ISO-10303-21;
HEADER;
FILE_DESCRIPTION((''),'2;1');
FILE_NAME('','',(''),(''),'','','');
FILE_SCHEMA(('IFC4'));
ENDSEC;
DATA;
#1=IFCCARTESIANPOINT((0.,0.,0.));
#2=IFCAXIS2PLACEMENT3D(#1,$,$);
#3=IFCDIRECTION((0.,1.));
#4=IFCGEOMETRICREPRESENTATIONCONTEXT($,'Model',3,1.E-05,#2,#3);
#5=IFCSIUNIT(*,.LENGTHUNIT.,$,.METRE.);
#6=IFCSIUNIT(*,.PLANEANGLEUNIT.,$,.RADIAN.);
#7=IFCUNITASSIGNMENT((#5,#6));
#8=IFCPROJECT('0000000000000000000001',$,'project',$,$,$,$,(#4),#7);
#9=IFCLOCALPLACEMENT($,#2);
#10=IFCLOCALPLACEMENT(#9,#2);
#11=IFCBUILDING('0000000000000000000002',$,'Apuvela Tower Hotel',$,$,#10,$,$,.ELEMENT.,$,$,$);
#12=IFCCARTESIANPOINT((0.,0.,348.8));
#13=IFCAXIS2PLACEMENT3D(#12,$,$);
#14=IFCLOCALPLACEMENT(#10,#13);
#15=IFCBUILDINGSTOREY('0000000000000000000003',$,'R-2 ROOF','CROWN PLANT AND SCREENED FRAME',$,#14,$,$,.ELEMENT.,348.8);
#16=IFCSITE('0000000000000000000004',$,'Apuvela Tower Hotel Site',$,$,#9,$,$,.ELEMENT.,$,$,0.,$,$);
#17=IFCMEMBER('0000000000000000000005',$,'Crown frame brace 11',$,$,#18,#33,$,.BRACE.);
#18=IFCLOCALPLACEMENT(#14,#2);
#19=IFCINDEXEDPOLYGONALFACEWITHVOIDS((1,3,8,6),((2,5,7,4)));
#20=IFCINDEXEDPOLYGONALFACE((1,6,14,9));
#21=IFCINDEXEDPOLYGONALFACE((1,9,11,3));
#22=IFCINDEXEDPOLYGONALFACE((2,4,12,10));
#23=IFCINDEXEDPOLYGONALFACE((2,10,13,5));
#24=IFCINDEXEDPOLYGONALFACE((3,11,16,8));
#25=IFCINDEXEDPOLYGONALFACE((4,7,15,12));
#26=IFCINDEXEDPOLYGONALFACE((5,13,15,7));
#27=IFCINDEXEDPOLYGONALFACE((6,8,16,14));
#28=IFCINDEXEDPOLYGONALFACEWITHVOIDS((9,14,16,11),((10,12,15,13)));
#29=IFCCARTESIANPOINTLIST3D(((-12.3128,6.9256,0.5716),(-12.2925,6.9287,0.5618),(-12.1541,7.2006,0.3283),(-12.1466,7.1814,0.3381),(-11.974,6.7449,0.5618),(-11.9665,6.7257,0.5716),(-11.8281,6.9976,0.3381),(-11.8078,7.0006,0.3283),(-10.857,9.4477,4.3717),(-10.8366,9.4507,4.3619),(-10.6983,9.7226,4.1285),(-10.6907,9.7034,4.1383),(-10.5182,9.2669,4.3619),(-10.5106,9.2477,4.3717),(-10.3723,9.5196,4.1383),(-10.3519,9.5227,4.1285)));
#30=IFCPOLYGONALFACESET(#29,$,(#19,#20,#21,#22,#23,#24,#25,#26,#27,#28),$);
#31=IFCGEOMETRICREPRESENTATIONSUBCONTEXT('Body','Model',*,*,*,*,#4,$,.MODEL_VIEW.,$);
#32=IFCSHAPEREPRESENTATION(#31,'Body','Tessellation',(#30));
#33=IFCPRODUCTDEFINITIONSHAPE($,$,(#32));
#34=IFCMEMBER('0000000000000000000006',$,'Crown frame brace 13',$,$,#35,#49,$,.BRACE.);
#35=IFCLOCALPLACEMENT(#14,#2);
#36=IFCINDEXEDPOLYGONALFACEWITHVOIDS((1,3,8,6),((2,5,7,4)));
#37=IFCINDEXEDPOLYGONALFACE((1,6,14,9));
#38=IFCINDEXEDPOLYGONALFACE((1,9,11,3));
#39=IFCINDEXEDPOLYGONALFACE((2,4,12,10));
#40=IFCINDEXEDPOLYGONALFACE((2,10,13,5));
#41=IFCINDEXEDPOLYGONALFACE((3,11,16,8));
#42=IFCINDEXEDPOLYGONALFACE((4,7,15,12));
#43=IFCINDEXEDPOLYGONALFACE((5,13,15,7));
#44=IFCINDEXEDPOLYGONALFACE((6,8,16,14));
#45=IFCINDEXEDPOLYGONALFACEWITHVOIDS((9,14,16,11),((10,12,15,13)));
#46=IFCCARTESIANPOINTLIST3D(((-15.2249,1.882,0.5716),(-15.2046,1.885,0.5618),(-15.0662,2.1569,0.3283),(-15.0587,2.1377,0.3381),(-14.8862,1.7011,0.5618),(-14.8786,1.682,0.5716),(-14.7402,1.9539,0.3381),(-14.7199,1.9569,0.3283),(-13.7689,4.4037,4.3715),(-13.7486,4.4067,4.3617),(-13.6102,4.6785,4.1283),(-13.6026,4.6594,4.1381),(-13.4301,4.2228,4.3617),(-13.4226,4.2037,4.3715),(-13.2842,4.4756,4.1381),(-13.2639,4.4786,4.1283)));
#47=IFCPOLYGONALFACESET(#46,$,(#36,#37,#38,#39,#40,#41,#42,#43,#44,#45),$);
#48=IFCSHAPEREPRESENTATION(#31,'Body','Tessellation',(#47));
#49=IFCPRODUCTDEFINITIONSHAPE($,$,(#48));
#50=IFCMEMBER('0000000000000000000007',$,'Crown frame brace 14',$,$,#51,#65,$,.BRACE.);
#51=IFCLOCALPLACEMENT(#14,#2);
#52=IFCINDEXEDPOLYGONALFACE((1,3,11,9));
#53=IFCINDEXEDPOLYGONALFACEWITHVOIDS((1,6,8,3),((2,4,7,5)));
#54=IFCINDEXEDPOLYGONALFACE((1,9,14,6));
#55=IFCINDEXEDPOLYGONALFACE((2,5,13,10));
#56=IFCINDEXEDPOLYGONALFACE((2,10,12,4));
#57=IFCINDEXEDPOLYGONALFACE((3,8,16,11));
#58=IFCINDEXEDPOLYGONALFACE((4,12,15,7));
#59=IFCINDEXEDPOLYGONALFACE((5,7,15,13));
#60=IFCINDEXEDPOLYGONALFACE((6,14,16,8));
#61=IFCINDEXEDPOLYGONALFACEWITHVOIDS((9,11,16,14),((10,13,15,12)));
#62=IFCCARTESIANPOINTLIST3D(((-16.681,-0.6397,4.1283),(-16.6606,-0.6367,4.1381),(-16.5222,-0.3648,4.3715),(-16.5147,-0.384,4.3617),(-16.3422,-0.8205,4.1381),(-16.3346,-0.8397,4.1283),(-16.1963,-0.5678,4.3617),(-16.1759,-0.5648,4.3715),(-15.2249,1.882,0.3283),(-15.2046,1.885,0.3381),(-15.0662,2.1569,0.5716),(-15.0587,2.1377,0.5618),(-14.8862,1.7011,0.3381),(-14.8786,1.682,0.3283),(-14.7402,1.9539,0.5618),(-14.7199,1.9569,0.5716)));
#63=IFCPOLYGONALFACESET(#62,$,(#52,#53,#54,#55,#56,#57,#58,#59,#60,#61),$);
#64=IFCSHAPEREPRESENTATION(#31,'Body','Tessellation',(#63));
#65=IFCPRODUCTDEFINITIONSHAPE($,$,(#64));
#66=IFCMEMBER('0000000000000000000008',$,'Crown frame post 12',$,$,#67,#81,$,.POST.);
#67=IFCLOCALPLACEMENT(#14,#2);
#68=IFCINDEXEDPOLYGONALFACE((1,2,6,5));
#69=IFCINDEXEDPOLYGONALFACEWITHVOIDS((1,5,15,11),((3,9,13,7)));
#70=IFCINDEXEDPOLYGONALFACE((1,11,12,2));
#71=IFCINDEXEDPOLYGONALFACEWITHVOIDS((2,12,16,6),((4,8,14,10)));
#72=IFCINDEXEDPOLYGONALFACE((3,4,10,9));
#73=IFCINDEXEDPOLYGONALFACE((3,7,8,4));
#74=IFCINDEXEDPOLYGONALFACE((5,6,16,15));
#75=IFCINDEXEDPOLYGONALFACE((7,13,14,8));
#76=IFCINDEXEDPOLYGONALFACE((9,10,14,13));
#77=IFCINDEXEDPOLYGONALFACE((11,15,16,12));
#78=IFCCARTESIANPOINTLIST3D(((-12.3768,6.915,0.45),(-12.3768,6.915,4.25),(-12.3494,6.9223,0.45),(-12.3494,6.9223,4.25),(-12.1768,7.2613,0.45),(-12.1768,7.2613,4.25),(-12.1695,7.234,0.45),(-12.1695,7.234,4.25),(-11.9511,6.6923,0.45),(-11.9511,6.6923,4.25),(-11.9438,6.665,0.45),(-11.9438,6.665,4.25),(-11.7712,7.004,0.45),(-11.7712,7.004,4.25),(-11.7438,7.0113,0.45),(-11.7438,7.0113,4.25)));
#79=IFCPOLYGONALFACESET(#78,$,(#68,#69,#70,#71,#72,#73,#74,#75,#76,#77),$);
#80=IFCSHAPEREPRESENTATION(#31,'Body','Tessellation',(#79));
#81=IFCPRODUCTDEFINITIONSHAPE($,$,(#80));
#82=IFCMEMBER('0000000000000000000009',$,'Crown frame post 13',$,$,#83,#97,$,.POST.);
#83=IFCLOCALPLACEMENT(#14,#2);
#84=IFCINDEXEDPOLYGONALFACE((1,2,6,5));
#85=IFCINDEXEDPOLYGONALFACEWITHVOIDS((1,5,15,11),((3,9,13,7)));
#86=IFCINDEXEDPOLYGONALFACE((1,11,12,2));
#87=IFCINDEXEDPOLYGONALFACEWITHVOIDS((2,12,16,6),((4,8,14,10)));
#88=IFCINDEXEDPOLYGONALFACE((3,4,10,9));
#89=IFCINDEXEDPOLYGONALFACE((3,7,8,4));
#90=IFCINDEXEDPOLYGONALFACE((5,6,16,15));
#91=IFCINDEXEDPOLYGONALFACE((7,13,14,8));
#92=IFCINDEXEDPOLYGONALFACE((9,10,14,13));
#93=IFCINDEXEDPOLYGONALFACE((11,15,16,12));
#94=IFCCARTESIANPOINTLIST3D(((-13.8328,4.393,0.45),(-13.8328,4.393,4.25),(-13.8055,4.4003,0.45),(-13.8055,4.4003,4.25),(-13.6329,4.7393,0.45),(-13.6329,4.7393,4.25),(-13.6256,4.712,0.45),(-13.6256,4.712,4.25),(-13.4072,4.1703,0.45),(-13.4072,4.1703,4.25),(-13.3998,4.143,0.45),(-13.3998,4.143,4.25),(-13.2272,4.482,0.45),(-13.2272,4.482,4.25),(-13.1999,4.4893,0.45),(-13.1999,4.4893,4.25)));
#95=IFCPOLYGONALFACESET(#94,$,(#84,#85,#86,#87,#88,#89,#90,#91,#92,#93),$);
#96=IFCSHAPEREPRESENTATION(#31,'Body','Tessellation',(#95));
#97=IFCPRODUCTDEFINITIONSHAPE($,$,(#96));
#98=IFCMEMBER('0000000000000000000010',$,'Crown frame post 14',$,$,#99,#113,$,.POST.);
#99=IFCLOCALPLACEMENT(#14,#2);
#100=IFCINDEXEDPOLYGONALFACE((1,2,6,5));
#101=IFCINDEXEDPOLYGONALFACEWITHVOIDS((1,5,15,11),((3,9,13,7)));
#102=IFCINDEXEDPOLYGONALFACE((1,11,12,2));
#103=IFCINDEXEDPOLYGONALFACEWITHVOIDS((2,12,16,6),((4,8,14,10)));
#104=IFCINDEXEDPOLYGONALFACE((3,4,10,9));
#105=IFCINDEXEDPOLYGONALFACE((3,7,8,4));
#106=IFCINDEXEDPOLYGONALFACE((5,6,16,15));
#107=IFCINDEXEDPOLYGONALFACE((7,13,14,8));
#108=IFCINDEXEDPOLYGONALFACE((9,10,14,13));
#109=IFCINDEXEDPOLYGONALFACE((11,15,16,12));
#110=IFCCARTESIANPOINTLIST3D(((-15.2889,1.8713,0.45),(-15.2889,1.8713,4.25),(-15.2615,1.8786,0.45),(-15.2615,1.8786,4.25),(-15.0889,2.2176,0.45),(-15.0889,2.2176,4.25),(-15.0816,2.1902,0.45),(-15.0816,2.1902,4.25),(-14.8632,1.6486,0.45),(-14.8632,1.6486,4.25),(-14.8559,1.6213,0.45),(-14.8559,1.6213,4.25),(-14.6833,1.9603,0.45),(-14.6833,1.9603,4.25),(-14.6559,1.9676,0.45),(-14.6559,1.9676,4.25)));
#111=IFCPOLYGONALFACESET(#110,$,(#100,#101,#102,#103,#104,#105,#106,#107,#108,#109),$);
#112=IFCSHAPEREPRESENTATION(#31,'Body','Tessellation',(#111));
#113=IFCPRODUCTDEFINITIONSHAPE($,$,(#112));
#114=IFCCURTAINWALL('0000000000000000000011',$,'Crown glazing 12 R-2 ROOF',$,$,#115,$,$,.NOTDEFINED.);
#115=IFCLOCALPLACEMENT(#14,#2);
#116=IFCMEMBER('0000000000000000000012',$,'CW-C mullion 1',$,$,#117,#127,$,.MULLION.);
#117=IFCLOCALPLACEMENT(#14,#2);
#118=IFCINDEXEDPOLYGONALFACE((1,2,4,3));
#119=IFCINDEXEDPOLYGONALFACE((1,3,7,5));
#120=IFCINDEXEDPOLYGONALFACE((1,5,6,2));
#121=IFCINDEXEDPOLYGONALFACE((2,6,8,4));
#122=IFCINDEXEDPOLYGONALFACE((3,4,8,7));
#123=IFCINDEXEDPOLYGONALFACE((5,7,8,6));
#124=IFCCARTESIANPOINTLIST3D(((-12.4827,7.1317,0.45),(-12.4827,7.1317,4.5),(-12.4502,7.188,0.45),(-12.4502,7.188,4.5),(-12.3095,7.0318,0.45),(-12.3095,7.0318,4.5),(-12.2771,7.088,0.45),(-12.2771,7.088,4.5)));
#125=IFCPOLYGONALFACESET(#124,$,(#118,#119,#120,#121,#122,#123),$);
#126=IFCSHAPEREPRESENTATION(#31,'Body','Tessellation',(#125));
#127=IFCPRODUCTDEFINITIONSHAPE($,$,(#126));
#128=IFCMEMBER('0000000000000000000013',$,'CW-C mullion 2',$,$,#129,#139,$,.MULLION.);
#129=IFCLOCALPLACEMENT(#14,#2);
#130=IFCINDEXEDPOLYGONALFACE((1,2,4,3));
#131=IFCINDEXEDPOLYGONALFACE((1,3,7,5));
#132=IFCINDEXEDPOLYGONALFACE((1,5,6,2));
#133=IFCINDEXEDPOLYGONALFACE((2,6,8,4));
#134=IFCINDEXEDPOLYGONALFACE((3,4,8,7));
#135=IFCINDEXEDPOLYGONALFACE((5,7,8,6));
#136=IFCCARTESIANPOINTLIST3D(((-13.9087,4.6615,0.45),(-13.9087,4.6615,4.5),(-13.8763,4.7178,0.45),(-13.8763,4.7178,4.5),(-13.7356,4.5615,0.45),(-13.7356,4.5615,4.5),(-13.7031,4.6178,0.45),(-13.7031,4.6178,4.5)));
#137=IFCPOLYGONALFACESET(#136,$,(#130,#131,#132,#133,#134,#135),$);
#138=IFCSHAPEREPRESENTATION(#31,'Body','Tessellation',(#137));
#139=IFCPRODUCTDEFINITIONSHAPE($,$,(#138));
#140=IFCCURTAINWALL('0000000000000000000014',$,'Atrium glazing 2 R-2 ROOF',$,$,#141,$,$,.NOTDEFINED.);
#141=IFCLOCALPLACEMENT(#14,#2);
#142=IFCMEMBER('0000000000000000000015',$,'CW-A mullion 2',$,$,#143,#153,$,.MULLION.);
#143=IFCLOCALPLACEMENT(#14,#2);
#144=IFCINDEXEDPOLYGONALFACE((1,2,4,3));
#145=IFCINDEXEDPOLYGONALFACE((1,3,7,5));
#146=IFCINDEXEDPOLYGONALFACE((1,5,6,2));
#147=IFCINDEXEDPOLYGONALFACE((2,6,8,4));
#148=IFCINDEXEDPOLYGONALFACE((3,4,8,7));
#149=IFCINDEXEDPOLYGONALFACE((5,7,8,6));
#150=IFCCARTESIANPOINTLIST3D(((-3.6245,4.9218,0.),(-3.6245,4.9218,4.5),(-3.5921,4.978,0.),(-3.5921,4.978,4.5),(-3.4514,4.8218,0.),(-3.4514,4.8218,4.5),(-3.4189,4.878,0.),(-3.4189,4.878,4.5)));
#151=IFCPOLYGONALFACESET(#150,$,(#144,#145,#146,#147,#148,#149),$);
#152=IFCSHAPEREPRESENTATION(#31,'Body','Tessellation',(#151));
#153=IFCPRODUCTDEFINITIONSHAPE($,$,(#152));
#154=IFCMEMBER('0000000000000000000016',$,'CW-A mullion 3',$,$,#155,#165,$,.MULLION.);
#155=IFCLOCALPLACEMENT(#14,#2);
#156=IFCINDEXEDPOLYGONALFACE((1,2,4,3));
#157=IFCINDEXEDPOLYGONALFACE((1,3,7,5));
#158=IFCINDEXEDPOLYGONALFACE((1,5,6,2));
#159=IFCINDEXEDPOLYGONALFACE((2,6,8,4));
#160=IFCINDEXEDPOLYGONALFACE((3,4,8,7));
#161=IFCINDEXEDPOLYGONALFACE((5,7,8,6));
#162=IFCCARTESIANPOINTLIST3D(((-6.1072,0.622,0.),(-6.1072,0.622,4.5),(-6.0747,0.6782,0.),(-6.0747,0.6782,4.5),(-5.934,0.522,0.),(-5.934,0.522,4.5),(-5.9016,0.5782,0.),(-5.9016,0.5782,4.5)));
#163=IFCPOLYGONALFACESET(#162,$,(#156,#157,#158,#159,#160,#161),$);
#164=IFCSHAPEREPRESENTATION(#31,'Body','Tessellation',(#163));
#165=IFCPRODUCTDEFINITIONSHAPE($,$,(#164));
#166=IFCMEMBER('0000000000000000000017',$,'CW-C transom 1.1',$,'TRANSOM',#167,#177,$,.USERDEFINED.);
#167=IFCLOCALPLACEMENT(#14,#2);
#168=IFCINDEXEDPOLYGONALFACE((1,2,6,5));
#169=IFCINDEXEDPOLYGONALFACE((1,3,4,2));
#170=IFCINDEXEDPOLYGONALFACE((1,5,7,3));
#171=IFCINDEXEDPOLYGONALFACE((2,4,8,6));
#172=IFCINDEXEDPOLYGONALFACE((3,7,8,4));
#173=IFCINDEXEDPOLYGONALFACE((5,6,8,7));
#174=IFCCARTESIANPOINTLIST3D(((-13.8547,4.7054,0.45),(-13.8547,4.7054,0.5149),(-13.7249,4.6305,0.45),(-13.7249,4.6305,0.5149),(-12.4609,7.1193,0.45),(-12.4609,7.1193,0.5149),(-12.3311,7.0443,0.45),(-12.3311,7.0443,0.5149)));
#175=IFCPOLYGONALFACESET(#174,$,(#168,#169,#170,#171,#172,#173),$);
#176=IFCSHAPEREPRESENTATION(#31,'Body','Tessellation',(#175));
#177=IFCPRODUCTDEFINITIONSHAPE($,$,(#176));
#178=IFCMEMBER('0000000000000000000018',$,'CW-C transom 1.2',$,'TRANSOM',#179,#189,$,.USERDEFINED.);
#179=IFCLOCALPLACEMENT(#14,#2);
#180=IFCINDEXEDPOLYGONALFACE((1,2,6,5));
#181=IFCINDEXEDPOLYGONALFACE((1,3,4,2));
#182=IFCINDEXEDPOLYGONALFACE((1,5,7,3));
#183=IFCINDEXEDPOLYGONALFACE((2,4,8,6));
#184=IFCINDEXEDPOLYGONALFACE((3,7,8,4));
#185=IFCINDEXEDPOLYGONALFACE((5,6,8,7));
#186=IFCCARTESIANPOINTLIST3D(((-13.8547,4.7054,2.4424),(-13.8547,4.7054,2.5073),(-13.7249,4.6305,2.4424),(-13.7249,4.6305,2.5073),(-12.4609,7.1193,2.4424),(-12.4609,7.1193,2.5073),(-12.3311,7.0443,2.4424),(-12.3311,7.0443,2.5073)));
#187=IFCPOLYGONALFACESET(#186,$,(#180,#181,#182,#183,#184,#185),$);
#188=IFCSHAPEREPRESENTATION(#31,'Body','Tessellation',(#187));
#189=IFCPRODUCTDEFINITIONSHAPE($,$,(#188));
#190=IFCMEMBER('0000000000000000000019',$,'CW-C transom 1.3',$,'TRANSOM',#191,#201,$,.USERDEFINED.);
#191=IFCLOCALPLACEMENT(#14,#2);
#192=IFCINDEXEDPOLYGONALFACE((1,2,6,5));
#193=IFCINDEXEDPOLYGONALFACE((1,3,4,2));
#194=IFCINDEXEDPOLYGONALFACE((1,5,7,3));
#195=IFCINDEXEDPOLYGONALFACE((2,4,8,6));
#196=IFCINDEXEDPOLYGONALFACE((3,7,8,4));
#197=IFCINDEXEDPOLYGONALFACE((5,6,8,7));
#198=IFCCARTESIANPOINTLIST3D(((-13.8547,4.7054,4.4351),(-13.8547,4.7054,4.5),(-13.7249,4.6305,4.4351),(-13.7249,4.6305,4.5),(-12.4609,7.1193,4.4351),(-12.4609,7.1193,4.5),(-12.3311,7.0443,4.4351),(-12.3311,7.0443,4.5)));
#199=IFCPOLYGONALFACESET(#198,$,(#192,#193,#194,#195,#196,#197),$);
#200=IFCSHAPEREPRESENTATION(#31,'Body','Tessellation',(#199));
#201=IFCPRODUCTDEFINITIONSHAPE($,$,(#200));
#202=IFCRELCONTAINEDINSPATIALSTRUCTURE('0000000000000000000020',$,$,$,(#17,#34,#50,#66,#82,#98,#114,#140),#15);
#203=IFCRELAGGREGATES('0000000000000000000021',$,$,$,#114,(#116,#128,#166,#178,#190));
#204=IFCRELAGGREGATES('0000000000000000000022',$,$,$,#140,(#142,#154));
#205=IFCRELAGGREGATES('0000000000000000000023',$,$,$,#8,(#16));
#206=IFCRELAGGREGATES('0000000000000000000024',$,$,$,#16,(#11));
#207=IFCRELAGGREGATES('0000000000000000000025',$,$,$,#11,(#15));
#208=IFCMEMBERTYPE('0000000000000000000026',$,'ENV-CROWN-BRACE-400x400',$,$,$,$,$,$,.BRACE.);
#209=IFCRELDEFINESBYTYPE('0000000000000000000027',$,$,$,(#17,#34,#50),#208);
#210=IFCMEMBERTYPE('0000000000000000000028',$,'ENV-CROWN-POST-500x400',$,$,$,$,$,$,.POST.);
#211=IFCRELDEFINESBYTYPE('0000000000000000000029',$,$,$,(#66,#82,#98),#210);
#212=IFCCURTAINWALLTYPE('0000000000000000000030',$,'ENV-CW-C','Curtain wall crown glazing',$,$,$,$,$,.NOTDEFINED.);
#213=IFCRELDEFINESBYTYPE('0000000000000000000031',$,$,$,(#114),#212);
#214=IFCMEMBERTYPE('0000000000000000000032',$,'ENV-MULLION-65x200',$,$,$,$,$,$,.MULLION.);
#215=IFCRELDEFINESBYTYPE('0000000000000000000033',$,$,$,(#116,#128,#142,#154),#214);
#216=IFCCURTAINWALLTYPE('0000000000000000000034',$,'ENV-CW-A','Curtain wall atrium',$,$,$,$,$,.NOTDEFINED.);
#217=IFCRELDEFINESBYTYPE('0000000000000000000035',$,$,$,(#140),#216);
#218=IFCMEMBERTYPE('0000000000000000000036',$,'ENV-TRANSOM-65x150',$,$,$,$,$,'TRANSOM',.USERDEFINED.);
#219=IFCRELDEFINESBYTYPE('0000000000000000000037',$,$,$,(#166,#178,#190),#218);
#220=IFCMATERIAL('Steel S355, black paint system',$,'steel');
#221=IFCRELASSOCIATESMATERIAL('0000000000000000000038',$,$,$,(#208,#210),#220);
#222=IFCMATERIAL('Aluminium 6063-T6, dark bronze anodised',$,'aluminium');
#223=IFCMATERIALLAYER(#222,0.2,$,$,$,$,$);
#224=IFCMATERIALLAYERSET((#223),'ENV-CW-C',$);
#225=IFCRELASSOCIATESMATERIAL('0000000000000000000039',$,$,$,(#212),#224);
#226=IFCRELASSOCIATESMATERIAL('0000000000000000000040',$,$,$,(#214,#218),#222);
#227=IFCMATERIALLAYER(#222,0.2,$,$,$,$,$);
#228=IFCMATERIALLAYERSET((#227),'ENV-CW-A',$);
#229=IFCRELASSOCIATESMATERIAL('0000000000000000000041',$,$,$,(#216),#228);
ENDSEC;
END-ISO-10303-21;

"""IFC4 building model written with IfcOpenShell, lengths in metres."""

from ifc_helpers import new_model, si_unit, direction, frame, origin, origin_2d, place, context, subcontext, project, spatial, rectangle, hollow_rectangle, extrude, material, layer, layer_set, material_profile, profile_set, type_object, element, aggregate, save


model = new_model("IFC4")

# Units and contexts
model_context = context("Model", 3, precision=1e-05, world=origin(), true_north=direction((0.0, 1.0)))
body_context = subcontext(model_context, "Body", "Model", "MODEL_VIEW")
ifc_project = project(units=[si_unit("LENGTHUNIT", "METRE"), si_unit("PLANEANGLEUNIT", "RADIAN")], contexts=[model_context])

# Site, building, storey
site_placement = place(None, origin())
site = spatial("IfcSite", under=ifc_project, at=site_placement, Name="Apuvela Tower Hotel Site", CompositionType="ELEMENT", RefElevation=0.0)
building_placement = place(site_placement, origin())
building = spatial("IfcBuilding", under=site, at=building_placement, Name="Apuvela Tower Hotel", CompositionType="ELEMENT")
storey_placement = place(building_placement, frame((0.0, 0.0, 348.8)))
storey = spatial("IfcBuildingStorey", under=building, at=storey_placement, Name="R-2 ROOF", Description="CROWN PLANT AND SCREENED FRAME", CompositionType="ELEMENT", Elevation=348.8)

# Members
ifc_material_1 = material(Name="Steel S355, black paint system", Category="steel")
ifc_material_profile_1 = material_profile(ifc_material_1, hollow_rectangle(XDim=0.3999, YDim=0.3999, WallThickness=0.0161, at=origin_2d()), Name="HSS 400x400x16")
ifc_profile_set_1 = profile_set([ifc_material_profile_1], Name="Steel S355, black paint system")
member_type_1 = type_object("IfcMemberType", Name="ENV-CROWN-BRACE-400x400", PredefinedType="BRACE", material=ifc_profile_set_1)
member_1_placement = place(storey_placement, frame((-12.0603, 6.9631, 0.45), z_axis=(0.304086, 0.526783, 0.793745), x_axis=(-0.866063, 0.499935, 0.0)))
element("IfcMember", 1, at=member_1_placement, inside=storey, type_object=member_type_1, Name="Crown frame brace 11", PredefinedType="BRACE", context=body_context, shape_type="SweptSolid", body=[
    extrude(hollow_rectangle(XDim=0.3999, YDim=0.3999, WallThickness=0.0161, at=origin_2d()), origin(), (0.0, 0.0, 1.0), 4.7876),
])
for number, where, z_axis, x_axis, name in (
    (2, (-14.9724, 1.9194, 0.45), (0.304141, 0.526738, 0.793754), (-0.866005, 0.500035, 0.0), "Crown frame brace 13"),
    (3, (-14.9724, 1.9194, 0.45), (-0.304141, -0.526738, 0.793754), (0.866005, -0.500035, 0.0), "Crown frame brace 14"),
):
    element("IfcMember", number, at=place(storey_placement, frame(where, z_axis=z_axis, x_axis=x_axis)), inside=storey, type_object=member_type_1, Name=name, PredefinedType="BRACE", context=body_context, shape_type="SweptSolid", body=[
        extrude(hollow_rectangle(XDim=0.3999, YDim=0.3999, WallThickness=0.0161, at=origin_2d()), origin(), (0.0, 0.0, 1.0), 4.7874),
    ])
ifc_material_profile_2 = material_profile(ifc_material_1, hollow_rectangle(XDim=0.3999, YDim=0.5, WallThickness=0.02, at=origin_2d()), Name="HSS 500x400x20")
ifc_profile_set_2 = profile_set([ifc_material_profile_2], Name="Steel S355, black paint system")
member_type_2 = type_object("IfcMemberType", Name="ENV-CROWN-POST-500x400", PredefinedType="POST", material=ifc_profile_set_2)
for number, where, z_axis, x_axis, name in (
    (4, (-12.0603, 6.9631, 0.45), (0.0, 0.0, 1.0), (-0.5, -0.866025, 0.0), "Crown frame post 12"),
    (5, (-13.5164, 4.4412, 0.45), (0.0, 0.0, 1.0), (-0.5, -0.866025, 0.0), "Crown frame post 13"),
    (6, (-14.9724, 1.9194, 0.45), (0.0, 0.0, 1.0), (-0.5, -0.866025, 0.0), "Crown frame post 14"),
):
    element("IfcMember", number, at=place(storey_placement, frame(where, z_axis=z_axis, x_axis=x_axis)), inside=storey, type_object=member_type_2, Name=name, PredefinedType="POST", context=body_context, shape_type="SweptSolid", body=[
        extrude(hollow_rectangle(XDim=0.3999, YDim=0.5, WallThickness=0.02, at=origin_2d()), origin(), (0.0, 0.0, 1.0), 3.8),
    ])

# Curtain walls, members
ifc_material_2 = material(Name="Aluminium 6063-T6, dark bronze anodised", Category="aluminium")
ifc_layer_1 = layer(ifc_material_2, 0.2)
ifc_layer_set_1 = layer_set([ifc_layer_1], Name="ENV-CW-C")
curtain_wall_type_1 = type_object("IfcCurtainWallType", Name="ENV-CW-C", Description="Curtain wall crown glazing", PredefinedType="NOTDEFINED", material=ifc_layer_set_1)
curtain_wall_1_placement = place(storey_placement, origin())
curtain_wall_1 = element("IfcCurtainWall", 7, at=curtain_wall_1_placement, inside=storey, type_object=curtain_wall_type_1, Name="Crown glazing 12 R-2 ROOF", PredefinedType="NOTDEFINED")
ifc_material_profile_3 = material_profile(ifc_material_2, rectangle(XDim=0.2, YDim=0.0649, at=origin_2d()), Name="AL 65x200")
ifc_profile_set_3 = profile_set([ifc_material_profile_3], Name="Aluminium 6063-T6, dark bronze anodised")
member_type_3 = type_object("IfcMemberType", Name="ENV-MULLION-65x200", PredefinedType="MULLION", material=ifc_profile_set_3)
member_2_placement = place(storey_placement, frame((-12.3799, 7.1099, 0.45), z_axis=(0.0, 0.0, 1.0), x_axis=(0.866037, -0.499981, 0.0)))
member_2 = element("IfcMember", 8, at=member_2_placement, type_object=member_type_3, Name="CW-C mullion 1", PredefinedType="MULLION", context=body_context, shape_type="SweptSolid", body=[
    extrude(rectangle(XDim=0.2, YDim=0.0649, at=origin_2d()), origin(), (0.0, 0.0, 1.0), 4.05),
])
member_3_placement = place(storey_placement, frame((-13.8059, 4.6396, 0.45), z_axis=(0.0, 0.0, 1.0), x_axis=(0.866037, -0.499981, 0.0)))
member_3 = element("IfcMember", 9, at=member_3_placement, type_object=member_type_3, Name="CW-C mullion 2", PredefinedType="MULLION", context=body_context, shape_type="SweptSolid", body=[
    extrude(rectangle(XDim=0.2, YDim=0.0649, at=origin_2d()), origin(), (0.0, 0.0, 1.0), 4.05),
])
ifc_layer_2 = layer(ifc_material_2, 0.2)
ifc_layer_set_2 = layer_set([ifc_layer_2], Name="ENV-CW-A")
curtain_wall_type_2 = type_object("IfcCurtainWallType", Name="ENV-CW-A", Description="Curtain wall atrium", PredefinedType="NOTDEFINED", material=ifc_layer_set_2)
curtain_wall_2_placement = place(storey_placement, origin())
curtain_wall_2 = element("IfcCurtainWall", 10, at=curtain_wall_2_placement, inside=storey, type_object=curtain_wall_type_2, Name="Atrium glazing 2 R-2 ROOF", PredefinedType="NOTDEFINED")
member_4_placement = place(storey_placement, frame((-3.5217, 4.8999, 0.0), z_axis=(0.0, 0.0, 1.0), x_axis=(0.866026, -0.499999, 0.0)))
member_4 = element("IfcMember", 11, at=member_4_placement, type_object=member_type_3, Name="CW-A mullion 2", PredefinedType="MULLION", context=body_context, shape_type="SweptSolid", body=[
    extrude(rectangle(XDim=0.2, YDim=0.0649, at=origin_2d()), origin(), (0.0, 0.0, 1.0), 4.5),
])
member_5_placement = place(storey_placement, frame((-6.0044, 0.6001, 0.0), z_axis=(0.0, 0.0, 1.0), x_axis=(0.866026, -0.499999, 0.0)))
member_5 = element("IfcMember", 12, at=member_5_placement, type_object=member_type_3, Name="CW-A mullion 3", PredefinedType="MULLION", context=body_context, shape_type="SweptSolid", body=[
    extrude(rectangle(XDim=0.2, YDim=0.0649, at=origin_2d()), origin(), (0.0, 0.0, 1.0), 4.5),
])

# Members
ifc_material_profile_4 = material_profile(ifc_material_2, rectangle(XDim=0.1499, YDim=0.0649, at=origin_2d()), Name="AL 65x150 transom")
ifc_profile_set_4 = profile_set([ifc_material_profile_4], Name="Aluminium 6063-T6, dark bronze anodised")
member_type_4 = type_object("IfcMemberType", Name="ENV-TRANSOM-65x150", ElementType="TRANSOM", PredefinedType="USERDEFINED", material=ifc_profile_set_4)
member_6_placement = place(storey_placement, frame((-12.396, 7.0818, 0.4824), z_axis=(-0.500048, -0.865997, 0.0), x_axis=(0.865997, -0.500048, 0.0)))
member_6 = element("IfcMember", 13, at=member_6_placement, type_object=member_type_4, Name="CW-C transom 1.1", ObjectType="TRANSOM", PredefinedType="USERDEFINED", context=body_context, shape_type="SweptSolid", body=[
    extrude(rectangle(XDim=0.1499, YDim=0.0649, at=origin_2d()), origin(), (0.0, 0.0, 1.0), 2.7874),
])
member_7_placement = place(storey_placement, frame((-12.396, 7.0818, 2.4749), z_axis=(-0.500048, -0.865997, 0.0), x_axis=(0.865997, -0.500048, 0.0)))
member_7 = element("IfcMember", 14, at=member_7_placement, type_object=member_type_4, Name="CW-C transom 1.2", ObjectType="TRANSOM", PredefinedType="USERDEFINED", context=body_context, shape_type="SweptSolid", body=[
    extrude(rectangle(XDim=0.1499, YDim=0.0649, at=origin_2d()), origin(), (0.0, 0.0, 1.0), 2.7874),
])
member_8_placement = place(storey_placement, frame((-12.396, 7.0818, 4.4675), z_axis=(-0.500048, -0.865997, 0.0), x_axis=(0.865997, -0.500048, 0.0)))
member_8 = element("IfcMember", 15, at=member_8_placement, type_object=member_type_4, Name="CW-C transom 1.3", ObjectType="TRANSOM", PredefinedType="USERDEFINED", context=body_context, shape_type="SweptSolid", body=[
    extrude(rectangle(XDim=0.1499, YDim=0.0649, at=origin_2d()), origin(), (0.0, 0.0, 1.0), 2.7874),
])

aggregate(curtain_wall_1, [member_2, member_3, member_6, member_7, member_8])
aggregate(curtain_wall_2, [member_4, member_5])

save(model, "model.ifc")
